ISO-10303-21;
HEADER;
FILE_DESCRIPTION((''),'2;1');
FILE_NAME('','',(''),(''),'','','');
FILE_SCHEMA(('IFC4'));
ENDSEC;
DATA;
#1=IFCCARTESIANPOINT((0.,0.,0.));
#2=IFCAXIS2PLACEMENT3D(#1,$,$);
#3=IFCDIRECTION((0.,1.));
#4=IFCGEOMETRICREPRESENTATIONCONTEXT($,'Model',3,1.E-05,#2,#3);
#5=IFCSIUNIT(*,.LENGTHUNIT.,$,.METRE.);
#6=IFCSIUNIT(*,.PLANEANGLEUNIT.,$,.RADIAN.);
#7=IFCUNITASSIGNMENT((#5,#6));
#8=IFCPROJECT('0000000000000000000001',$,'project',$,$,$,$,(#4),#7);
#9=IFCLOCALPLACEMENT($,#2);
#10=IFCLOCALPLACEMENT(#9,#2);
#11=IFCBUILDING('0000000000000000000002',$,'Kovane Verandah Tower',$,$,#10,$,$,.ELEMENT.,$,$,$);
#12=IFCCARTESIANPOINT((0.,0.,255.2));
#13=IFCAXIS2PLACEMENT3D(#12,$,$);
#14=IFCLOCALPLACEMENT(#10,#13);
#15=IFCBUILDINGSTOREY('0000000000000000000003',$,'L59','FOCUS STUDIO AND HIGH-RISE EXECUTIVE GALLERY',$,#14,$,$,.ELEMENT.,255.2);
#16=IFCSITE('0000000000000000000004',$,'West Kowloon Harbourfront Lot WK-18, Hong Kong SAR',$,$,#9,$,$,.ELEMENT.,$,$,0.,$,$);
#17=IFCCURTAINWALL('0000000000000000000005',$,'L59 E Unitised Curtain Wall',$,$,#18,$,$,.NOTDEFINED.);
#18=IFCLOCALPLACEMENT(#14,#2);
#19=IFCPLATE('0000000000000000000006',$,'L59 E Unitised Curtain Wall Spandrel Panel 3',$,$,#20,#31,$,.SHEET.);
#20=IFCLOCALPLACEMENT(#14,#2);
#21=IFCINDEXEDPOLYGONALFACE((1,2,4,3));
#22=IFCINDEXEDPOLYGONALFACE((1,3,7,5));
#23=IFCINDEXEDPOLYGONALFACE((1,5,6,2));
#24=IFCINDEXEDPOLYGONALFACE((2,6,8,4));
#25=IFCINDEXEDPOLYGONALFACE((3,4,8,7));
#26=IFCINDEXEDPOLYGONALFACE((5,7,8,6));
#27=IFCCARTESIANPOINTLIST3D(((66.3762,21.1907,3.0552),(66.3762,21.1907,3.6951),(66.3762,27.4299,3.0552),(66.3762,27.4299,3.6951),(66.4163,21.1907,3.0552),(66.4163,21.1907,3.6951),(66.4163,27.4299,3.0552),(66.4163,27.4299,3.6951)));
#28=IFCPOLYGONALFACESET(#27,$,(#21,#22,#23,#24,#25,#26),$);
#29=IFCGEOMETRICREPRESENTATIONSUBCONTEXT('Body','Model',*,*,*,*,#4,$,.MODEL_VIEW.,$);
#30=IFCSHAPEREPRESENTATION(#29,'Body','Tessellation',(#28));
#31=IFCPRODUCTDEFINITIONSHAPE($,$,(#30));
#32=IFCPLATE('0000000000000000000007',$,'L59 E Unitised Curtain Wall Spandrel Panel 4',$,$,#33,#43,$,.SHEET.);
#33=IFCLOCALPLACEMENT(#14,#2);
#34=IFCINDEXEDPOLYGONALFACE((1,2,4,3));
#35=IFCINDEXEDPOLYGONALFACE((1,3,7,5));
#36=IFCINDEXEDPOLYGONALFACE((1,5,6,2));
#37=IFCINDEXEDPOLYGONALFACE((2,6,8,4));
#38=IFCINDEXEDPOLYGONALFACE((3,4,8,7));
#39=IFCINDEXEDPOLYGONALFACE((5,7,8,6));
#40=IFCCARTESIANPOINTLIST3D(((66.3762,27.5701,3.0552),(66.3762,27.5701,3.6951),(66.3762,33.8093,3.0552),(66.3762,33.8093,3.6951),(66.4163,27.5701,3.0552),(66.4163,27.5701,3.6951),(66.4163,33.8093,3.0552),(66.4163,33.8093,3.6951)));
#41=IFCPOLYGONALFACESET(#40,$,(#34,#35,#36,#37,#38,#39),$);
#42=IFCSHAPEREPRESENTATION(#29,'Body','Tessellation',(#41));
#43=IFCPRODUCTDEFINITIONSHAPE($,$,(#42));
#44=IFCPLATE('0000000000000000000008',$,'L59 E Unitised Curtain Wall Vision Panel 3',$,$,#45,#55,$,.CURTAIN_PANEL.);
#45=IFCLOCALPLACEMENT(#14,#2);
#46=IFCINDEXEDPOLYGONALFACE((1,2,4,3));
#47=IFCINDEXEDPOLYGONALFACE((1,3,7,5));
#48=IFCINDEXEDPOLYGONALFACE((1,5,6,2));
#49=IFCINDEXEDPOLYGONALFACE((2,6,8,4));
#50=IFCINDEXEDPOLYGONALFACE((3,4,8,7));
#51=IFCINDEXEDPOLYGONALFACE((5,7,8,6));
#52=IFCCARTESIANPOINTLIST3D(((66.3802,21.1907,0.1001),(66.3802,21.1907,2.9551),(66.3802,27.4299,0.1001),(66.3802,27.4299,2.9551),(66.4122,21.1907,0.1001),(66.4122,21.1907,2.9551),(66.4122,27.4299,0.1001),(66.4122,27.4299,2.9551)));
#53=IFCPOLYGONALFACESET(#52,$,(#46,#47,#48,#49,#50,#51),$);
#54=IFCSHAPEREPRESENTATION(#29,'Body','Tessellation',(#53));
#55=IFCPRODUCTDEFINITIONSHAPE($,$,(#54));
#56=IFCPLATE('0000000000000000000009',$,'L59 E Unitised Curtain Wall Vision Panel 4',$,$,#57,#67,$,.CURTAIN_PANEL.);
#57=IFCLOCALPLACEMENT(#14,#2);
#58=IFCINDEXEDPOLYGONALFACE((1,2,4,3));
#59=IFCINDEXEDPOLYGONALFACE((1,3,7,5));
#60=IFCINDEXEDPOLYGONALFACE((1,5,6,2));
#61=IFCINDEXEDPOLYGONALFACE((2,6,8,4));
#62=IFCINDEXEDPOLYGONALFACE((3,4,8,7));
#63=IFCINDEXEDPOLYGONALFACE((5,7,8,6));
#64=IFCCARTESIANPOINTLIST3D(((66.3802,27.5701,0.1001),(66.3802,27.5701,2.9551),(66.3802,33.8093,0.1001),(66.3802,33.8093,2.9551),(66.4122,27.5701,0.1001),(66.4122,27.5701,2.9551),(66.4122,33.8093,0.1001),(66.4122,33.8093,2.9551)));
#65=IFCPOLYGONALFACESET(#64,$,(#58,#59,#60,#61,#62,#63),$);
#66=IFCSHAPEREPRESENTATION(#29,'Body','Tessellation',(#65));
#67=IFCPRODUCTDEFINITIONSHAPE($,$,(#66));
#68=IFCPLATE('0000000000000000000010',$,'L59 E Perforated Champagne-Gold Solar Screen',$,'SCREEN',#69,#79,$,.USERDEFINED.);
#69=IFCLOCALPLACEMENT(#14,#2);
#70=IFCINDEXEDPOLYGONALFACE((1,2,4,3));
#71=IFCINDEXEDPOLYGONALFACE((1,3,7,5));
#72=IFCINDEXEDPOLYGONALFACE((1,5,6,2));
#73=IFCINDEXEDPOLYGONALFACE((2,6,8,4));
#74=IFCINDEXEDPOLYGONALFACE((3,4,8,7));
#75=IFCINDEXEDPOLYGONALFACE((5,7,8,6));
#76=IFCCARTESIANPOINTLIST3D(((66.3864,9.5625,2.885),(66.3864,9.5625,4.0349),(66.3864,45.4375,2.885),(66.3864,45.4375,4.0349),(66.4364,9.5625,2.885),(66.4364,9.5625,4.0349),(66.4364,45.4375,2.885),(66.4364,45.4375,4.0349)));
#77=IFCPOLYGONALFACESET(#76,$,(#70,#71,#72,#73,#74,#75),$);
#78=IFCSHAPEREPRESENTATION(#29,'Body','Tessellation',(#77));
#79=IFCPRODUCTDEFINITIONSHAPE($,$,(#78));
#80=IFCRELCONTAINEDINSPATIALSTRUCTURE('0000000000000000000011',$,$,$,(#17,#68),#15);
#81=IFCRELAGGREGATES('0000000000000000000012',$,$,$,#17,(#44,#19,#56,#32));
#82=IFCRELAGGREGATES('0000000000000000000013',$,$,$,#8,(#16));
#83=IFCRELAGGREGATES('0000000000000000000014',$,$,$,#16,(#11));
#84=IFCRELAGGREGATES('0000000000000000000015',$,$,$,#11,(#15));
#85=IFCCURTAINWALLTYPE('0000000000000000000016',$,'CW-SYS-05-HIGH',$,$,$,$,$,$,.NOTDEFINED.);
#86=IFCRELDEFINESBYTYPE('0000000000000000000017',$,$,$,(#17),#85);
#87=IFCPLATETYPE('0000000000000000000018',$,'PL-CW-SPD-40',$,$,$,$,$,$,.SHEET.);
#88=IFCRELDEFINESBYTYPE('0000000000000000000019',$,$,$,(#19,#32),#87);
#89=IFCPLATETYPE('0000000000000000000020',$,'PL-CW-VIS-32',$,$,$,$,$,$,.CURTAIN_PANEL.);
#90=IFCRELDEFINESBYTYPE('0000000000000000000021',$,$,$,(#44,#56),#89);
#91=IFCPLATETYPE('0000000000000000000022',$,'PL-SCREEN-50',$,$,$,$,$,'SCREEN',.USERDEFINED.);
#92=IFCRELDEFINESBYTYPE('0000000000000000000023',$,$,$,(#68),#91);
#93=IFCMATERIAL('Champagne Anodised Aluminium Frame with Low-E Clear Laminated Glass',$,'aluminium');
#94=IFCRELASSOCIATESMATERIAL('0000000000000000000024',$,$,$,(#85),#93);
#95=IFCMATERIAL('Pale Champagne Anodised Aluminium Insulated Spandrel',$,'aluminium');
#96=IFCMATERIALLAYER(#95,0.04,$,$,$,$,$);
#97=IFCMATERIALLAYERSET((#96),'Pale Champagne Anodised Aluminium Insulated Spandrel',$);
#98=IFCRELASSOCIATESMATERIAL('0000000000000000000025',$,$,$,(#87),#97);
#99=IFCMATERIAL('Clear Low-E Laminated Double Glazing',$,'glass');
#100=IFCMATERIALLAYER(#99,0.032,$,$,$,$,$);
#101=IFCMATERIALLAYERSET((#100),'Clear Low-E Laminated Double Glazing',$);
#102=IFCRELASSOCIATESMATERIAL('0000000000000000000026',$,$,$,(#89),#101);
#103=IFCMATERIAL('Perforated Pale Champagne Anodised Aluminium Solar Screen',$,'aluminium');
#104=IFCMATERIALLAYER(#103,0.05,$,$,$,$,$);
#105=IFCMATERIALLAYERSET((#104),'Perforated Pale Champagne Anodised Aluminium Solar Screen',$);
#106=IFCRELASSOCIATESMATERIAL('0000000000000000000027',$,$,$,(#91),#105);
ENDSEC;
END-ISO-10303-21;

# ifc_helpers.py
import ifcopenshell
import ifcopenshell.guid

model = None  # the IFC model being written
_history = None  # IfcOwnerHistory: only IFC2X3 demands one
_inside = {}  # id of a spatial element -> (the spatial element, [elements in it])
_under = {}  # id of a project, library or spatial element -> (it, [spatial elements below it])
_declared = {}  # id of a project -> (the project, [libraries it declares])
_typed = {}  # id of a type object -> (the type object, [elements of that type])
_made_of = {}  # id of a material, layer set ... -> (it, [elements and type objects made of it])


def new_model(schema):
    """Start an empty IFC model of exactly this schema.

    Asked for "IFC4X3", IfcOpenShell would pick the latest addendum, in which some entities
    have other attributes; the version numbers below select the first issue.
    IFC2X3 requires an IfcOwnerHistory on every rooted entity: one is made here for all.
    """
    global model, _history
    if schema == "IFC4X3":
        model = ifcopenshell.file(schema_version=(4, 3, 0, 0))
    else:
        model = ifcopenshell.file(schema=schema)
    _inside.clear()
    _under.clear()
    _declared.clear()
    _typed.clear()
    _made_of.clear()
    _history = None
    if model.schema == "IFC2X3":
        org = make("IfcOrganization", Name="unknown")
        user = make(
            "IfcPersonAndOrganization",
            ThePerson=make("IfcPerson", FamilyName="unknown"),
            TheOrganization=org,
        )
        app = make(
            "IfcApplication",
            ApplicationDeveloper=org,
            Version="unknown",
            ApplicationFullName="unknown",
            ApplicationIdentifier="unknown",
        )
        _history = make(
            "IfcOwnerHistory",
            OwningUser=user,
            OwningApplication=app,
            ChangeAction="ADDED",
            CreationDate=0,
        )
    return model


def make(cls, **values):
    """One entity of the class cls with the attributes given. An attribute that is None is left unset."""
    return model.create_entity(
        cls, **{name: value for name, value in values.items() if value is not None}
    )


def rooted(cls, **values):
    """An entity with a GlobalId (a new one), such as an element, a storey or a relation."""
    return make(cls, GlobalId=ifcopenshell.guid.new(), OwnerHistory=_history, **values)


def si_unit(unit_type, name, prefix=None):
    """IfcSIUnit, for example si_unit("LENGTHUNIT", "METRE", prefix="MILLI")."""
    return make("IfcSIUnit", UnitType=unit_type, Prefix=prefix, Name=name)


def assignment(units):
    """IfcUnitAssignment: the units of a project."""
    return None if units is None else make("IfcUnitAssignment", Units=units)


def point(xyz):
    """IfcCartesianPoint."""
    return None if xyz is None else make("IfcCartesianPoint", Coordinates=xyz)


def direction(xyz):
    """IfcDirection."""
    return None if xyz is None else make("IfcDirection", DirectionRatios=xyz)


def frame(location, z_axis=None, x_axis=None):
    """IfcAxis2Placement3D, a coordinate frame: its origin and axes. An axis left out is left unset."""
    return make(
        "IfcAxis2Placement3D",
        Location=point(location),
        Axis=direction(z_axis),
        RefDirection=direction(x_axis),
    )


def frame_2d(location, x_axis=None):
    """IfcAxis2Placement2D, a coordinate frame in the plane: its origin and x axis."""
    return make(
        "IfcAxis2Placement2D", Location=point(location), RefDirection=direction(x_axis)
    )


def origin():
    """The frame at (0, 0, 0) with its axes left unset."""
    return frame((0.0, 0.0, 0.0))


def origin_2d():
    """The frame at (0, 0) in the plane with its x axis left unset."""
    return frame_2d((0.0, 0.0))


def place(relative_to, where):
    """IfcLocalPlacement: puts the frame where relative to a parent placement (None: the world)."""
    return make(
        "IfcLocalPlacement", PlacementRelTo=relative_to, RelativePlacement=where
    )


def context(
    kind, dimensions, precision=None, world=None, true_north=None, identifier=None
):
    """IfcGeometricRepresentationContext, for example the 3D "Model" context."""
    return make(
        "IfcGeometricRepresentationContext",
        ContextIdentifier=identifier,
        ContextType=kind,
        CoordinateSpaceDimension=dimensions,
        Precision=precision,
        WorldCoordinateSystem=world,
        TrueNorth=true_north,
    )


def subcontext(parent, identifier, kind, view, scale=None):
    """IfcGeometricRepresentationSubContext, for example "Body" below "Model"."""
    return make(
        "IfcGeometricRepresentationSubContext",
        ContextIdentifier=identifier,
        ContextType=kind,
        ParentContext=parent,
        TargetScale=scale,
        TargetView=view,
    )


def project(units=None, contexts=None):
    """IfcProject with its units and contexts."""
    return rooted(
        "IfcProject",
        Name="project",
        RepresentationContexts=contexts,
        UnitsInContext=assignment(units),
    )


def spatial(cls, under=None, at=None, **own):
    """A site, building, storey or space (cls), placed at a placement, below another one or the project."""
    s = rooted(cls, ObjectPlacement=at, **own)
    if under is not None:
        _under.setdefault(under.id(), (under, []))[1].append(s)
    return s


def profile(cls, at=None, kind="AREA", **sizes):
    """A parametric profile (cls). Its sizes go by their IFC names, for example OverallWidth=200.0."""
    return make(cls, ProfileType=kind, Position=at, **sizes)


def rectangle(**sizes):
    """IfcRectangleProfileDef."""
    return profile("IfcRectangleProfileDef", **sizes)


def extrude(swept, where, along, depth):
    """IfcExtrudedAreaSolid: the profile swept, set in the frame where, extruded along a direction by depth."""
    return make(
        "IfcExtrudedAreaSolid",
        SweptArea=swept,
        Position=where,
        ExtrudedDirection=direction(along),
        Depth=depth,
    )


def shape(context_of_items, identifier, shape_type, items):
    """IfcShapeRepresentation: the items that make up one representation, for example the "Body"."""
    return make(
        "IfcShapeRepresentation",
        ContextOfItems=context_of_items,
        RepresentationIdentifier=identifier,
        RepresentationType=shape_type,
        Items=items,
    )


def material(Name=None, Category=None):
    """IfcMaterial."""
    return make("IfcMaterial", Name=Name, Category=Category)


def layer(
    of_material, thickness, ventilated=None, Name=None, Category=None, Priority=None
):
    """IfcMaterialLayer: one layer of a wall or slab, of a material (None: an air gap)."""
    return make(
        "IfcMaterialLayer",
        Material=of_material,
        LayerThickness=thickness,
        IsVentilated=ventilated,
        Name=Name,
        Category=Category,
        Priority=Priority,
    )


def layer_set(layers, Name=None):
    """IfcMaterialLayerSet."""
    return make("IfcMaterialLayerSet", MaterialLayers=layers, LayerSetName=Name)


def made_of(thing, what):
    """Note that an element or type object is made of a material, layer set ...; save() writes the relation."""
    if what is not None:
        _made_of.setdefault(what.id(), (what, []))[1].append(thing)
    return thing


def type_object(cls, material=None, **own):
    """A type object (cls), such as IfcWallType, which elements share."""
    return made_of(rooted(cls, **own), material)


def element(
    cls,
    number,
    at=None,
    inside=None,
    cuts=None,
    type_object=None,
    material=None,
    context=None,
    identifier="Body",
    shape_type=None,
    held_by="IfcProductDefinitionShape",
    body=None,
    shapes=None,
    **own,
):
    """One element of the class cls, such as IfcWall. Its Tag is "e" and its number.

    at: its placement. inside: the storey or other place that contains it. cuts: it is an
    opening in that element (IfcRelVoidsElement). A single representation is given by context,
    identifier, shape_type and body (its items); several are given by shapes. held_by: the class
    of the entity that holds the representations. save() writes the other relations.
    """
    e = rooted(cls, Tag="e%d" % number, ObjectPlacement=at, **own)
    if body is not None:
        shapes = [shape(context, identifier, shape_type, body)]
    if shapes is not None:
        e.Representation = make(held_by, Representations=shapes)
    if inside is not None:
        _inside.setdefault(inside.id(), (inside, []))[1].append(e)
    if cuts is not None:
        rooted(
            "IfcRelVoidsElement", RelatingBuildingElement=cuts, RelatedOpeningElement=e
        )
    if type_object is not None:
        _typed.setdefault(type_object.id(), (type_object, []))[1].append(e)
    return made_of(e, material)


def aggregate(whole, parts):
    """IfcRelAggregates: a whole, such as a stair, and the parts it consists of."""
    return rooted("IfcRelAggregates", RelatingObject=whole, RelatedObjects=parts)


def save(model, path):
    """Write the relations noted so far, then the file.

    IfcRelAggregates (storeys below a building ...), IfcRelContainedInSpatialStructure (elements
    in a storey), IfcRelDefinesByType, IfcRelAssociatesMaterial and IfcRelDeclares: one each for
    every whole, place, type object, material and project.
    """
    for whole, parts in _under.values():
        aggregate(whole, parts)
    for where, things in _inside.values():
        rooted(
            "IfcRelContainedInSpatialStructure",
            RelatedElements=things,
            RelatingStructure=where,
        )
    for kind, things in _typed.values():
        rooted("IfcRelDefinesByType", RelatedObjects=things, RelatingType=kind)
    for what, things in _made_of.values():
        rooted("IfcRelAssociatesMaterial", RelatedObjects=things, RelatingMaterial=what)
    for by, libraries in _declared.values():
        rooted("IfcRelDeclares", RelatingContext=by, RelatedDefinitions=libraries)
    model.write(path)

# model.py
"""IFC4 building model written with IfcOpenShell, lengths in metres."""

from ifc_helpers import new_model, si_unit, direction, frame, origin, origin_2d, place, context, subcontext, project, spatial, rectangle, extrude, material, layer, layer_set, type_object, element, aggregate, save


model = new_model("IFC4")

# Units and contexts
model_context = context("Model", 3, precision=1e-05, world=origin(), true_north=direction((0.0, 1.0)))
body_context = subcontext(model_context, "Body", "Model", "MODEL_VIEW")
ifc_project = project(units=[si_unit("LENGTHUNIT", "METRE"), si_unit("PLANEANGLEUNIT", "RADIAN")], contexts=[model_context])

# Site, building, storey
site_placement = place(None, origin())
site = spatial("IfcSite", under=ifc_project, at=site_placement, Name="West Kowloon Harbourfront Lot WK-18, Hong Kong SAR", CompositionType="ELEMENT", RefElevation=0.0)
building_placement = place(site_placement, origin())
building = spatial("IfcBuilding", under=site, at=building_placement, Name="Kovane Verandah Tower", CompositionType="ELEMENT")
storey_placement = place(building_placement, frame((0.0, 0.0, 255.2)))
storey = spatial("IfcBuildingStorey", under=building, at=storey_placement, Name="L59", Description="FOCUS STUDIO AND HIGH-RISE EXECUTIVE GALLERY", CompositionType="ELEMENT", Elevation=255.2)

# Curtain wall
ifc_material_1 = material(Name="Champagne Anodised Aluminium Frame with Low-E Clear Laminated Glass", Category="aluminium")
curtain_wall_type = type_object("IfcCurtainWallType", Name="CW-SYS-05-HIGH", PredefinedType="NOTDEFINED", material=ifc_material_1)
curtain_wall_placement = place(storey_placement, origin())
curtain_wall = element("IfcCurtainWall", 1, at=curtain_wall_placement, inside=storey, type_object=curtain_wall_type, Name="L59 E Unitised Curtain Wall", PredefinedType="NOTDEFINED")

# Plates
ifc_material_2 = material(Name="Pale Champagne Anodised Aluminium Insulated Spandrel", Category="aluminium")
ifc_layer_1 = layer(ifc_material_2, 0.04)
ifc_layer_set_1 = layer_set([ifc_layer_1], Name="Pale Champagne Anodised Aluminium Insulated Spandrel")
plate_type_1 = type_object("IfcPlateType", Name="PL-CW-SPD-40", PredefinedType="SHEET", material=ifc_layer_set_1)
plate_1_placement = place(storey_placement, frame((66.3962, 24.3103, 3.0552), z_axis=(0.0, 0.0, 1.0), x_axis=(0.0, 1.0, 0.0)))
plate_1 = element("IfcPlate", 2, at=plate_1_placement, type_object=plate_type_1, Name="L59 E Unitised Curtain Wall Spandrel Panel 3", PredefinedType="SHEET", context=body_context, shape_type="SweptSolid", body=[
    extrude(rectangle(XDim=6.2393, YDim=0.04, at=origin_2d()), origin(), (0.0, 0.0, 1.0), 0.6399),
])
plate_2_placement = place(storey_placement, frame((66.3962, 30.6897, 3.0552), z_axis=(0.0, 0.0, 1.0), x_axis=(0.0, 1.0, 0.0)))
plate_2 = element("IfcPlate", 3, at=plate_2_placement, type_object=plate_type_1, Name="L59 E Unitised Curtain Wall Spandrel Panel 4", PredefinedType="SHEET", context=body_context, shape_type="SweptSolid", body=[
    extrude(rectangle(XDim=6.2393, YDim=0.04, at=origin_2d()), origin(), (0.0, 0.0, 1.0), 0.6399),
])
ifc_material_3 = material(Name="Clear Low-E Laminated Double Glazing", Category="glass")
ifc_layer_2 = layer(ifc_material_3, 0.032)
ifc_layer_set_2 = layer_set([ifc_layer_2], Name="Clear Low-E Laminated Double Glazing")
plate_type_2 = type_object("IfcPlateType", Name="PL-CW-VIS-32", PredefinedType="CURTAIN_PANEL", material=ifc_layer_set_2)
plate_3_placement = place(storey_placement, frame((66.3962, 24.3103, 0.1001), z_axis=(0.0, 0.0, 1.0), x_axis=(0.0, 1.0, 0.0)))
plate_3 = element("IfcPlate", 4, at=plate_3_placement, type_object=plate_type_2, Name="L59 E Unitised Curtain Wall Vision Panel 3", PredefinedType="CURTAIN_PANEL", context=body_context, shape_type="SweptSolid", body=[
    extrude(rectangle(XDim=6.2393, YDim=0.032, at=origin_2d()), origin(), (0.0, 0.0, 1.0), 2.855),
])
plate_4_placement = place(storey_placement, frame((66.3962, 30.6897, 0.1001), z_axis=(0.0, 0.0, 1.0), x_axis=(0.0, 1.0, 0.0)))
plate_4 = element("IfcPlate", 5, at=plate_4_placement, type_object=plate_type_2, Name="L59 E Unitised Curtain Wall Vision Panel 4", PredefinedType="CURTAIN_PANEL", context=body_context, shape_type="SweptSolid", body=[
    extrude(rectangle(XDim=6.2393, YDim=0.032, at=origin_2d()), origin(), (0.0, 0.0, 1.0), 2.855),
])
aggregate(curtain_wall, [plate_3, plate_1, plate_4, plate_2])
ifc_material_4 = material(Name="Perforated Pale Champagne Anodised Aluminium Solar Screen", Category="aluminium")
ifc_layer_3 = layer(ifc_material_4, 0.05)
ifc_layer_set_3 = layer_set([ifc_layer_3], Name="Perforated Pale Champagne Anodised Aluminium Solar Screen")
plate_type_3 = type_object("IfcPlateType", Name="PL-SCREEN-50", ElementType="SCREEN", PredefinedType="USERDEFINED", material=ifc_layer_set_3)
plate_5_placement = place(storey_placement, frame((66.4114, 27.5, 2.885), z_axis=(0.0, 0.0, 1.0), x_axis=(0.0, 1.0, 0.0)))
element("IfcPlate", 6, at=plate_5_placement, inside=storey, type_object=plate_type_3, Name="L59 E Perforated Champagne-Gold Solar Screen", ObjectType="SCREEN", PredefinedType="USERDEFINED", context=body_context, shape_type="SweptSolid", body=[
    extrude(rectangle(XDim=35.875, YDim=0.05, at=origin_2d()), origin(), (0.0, 0.0, 1.0), 1.1499),
])

save(model, "model.ifc")
